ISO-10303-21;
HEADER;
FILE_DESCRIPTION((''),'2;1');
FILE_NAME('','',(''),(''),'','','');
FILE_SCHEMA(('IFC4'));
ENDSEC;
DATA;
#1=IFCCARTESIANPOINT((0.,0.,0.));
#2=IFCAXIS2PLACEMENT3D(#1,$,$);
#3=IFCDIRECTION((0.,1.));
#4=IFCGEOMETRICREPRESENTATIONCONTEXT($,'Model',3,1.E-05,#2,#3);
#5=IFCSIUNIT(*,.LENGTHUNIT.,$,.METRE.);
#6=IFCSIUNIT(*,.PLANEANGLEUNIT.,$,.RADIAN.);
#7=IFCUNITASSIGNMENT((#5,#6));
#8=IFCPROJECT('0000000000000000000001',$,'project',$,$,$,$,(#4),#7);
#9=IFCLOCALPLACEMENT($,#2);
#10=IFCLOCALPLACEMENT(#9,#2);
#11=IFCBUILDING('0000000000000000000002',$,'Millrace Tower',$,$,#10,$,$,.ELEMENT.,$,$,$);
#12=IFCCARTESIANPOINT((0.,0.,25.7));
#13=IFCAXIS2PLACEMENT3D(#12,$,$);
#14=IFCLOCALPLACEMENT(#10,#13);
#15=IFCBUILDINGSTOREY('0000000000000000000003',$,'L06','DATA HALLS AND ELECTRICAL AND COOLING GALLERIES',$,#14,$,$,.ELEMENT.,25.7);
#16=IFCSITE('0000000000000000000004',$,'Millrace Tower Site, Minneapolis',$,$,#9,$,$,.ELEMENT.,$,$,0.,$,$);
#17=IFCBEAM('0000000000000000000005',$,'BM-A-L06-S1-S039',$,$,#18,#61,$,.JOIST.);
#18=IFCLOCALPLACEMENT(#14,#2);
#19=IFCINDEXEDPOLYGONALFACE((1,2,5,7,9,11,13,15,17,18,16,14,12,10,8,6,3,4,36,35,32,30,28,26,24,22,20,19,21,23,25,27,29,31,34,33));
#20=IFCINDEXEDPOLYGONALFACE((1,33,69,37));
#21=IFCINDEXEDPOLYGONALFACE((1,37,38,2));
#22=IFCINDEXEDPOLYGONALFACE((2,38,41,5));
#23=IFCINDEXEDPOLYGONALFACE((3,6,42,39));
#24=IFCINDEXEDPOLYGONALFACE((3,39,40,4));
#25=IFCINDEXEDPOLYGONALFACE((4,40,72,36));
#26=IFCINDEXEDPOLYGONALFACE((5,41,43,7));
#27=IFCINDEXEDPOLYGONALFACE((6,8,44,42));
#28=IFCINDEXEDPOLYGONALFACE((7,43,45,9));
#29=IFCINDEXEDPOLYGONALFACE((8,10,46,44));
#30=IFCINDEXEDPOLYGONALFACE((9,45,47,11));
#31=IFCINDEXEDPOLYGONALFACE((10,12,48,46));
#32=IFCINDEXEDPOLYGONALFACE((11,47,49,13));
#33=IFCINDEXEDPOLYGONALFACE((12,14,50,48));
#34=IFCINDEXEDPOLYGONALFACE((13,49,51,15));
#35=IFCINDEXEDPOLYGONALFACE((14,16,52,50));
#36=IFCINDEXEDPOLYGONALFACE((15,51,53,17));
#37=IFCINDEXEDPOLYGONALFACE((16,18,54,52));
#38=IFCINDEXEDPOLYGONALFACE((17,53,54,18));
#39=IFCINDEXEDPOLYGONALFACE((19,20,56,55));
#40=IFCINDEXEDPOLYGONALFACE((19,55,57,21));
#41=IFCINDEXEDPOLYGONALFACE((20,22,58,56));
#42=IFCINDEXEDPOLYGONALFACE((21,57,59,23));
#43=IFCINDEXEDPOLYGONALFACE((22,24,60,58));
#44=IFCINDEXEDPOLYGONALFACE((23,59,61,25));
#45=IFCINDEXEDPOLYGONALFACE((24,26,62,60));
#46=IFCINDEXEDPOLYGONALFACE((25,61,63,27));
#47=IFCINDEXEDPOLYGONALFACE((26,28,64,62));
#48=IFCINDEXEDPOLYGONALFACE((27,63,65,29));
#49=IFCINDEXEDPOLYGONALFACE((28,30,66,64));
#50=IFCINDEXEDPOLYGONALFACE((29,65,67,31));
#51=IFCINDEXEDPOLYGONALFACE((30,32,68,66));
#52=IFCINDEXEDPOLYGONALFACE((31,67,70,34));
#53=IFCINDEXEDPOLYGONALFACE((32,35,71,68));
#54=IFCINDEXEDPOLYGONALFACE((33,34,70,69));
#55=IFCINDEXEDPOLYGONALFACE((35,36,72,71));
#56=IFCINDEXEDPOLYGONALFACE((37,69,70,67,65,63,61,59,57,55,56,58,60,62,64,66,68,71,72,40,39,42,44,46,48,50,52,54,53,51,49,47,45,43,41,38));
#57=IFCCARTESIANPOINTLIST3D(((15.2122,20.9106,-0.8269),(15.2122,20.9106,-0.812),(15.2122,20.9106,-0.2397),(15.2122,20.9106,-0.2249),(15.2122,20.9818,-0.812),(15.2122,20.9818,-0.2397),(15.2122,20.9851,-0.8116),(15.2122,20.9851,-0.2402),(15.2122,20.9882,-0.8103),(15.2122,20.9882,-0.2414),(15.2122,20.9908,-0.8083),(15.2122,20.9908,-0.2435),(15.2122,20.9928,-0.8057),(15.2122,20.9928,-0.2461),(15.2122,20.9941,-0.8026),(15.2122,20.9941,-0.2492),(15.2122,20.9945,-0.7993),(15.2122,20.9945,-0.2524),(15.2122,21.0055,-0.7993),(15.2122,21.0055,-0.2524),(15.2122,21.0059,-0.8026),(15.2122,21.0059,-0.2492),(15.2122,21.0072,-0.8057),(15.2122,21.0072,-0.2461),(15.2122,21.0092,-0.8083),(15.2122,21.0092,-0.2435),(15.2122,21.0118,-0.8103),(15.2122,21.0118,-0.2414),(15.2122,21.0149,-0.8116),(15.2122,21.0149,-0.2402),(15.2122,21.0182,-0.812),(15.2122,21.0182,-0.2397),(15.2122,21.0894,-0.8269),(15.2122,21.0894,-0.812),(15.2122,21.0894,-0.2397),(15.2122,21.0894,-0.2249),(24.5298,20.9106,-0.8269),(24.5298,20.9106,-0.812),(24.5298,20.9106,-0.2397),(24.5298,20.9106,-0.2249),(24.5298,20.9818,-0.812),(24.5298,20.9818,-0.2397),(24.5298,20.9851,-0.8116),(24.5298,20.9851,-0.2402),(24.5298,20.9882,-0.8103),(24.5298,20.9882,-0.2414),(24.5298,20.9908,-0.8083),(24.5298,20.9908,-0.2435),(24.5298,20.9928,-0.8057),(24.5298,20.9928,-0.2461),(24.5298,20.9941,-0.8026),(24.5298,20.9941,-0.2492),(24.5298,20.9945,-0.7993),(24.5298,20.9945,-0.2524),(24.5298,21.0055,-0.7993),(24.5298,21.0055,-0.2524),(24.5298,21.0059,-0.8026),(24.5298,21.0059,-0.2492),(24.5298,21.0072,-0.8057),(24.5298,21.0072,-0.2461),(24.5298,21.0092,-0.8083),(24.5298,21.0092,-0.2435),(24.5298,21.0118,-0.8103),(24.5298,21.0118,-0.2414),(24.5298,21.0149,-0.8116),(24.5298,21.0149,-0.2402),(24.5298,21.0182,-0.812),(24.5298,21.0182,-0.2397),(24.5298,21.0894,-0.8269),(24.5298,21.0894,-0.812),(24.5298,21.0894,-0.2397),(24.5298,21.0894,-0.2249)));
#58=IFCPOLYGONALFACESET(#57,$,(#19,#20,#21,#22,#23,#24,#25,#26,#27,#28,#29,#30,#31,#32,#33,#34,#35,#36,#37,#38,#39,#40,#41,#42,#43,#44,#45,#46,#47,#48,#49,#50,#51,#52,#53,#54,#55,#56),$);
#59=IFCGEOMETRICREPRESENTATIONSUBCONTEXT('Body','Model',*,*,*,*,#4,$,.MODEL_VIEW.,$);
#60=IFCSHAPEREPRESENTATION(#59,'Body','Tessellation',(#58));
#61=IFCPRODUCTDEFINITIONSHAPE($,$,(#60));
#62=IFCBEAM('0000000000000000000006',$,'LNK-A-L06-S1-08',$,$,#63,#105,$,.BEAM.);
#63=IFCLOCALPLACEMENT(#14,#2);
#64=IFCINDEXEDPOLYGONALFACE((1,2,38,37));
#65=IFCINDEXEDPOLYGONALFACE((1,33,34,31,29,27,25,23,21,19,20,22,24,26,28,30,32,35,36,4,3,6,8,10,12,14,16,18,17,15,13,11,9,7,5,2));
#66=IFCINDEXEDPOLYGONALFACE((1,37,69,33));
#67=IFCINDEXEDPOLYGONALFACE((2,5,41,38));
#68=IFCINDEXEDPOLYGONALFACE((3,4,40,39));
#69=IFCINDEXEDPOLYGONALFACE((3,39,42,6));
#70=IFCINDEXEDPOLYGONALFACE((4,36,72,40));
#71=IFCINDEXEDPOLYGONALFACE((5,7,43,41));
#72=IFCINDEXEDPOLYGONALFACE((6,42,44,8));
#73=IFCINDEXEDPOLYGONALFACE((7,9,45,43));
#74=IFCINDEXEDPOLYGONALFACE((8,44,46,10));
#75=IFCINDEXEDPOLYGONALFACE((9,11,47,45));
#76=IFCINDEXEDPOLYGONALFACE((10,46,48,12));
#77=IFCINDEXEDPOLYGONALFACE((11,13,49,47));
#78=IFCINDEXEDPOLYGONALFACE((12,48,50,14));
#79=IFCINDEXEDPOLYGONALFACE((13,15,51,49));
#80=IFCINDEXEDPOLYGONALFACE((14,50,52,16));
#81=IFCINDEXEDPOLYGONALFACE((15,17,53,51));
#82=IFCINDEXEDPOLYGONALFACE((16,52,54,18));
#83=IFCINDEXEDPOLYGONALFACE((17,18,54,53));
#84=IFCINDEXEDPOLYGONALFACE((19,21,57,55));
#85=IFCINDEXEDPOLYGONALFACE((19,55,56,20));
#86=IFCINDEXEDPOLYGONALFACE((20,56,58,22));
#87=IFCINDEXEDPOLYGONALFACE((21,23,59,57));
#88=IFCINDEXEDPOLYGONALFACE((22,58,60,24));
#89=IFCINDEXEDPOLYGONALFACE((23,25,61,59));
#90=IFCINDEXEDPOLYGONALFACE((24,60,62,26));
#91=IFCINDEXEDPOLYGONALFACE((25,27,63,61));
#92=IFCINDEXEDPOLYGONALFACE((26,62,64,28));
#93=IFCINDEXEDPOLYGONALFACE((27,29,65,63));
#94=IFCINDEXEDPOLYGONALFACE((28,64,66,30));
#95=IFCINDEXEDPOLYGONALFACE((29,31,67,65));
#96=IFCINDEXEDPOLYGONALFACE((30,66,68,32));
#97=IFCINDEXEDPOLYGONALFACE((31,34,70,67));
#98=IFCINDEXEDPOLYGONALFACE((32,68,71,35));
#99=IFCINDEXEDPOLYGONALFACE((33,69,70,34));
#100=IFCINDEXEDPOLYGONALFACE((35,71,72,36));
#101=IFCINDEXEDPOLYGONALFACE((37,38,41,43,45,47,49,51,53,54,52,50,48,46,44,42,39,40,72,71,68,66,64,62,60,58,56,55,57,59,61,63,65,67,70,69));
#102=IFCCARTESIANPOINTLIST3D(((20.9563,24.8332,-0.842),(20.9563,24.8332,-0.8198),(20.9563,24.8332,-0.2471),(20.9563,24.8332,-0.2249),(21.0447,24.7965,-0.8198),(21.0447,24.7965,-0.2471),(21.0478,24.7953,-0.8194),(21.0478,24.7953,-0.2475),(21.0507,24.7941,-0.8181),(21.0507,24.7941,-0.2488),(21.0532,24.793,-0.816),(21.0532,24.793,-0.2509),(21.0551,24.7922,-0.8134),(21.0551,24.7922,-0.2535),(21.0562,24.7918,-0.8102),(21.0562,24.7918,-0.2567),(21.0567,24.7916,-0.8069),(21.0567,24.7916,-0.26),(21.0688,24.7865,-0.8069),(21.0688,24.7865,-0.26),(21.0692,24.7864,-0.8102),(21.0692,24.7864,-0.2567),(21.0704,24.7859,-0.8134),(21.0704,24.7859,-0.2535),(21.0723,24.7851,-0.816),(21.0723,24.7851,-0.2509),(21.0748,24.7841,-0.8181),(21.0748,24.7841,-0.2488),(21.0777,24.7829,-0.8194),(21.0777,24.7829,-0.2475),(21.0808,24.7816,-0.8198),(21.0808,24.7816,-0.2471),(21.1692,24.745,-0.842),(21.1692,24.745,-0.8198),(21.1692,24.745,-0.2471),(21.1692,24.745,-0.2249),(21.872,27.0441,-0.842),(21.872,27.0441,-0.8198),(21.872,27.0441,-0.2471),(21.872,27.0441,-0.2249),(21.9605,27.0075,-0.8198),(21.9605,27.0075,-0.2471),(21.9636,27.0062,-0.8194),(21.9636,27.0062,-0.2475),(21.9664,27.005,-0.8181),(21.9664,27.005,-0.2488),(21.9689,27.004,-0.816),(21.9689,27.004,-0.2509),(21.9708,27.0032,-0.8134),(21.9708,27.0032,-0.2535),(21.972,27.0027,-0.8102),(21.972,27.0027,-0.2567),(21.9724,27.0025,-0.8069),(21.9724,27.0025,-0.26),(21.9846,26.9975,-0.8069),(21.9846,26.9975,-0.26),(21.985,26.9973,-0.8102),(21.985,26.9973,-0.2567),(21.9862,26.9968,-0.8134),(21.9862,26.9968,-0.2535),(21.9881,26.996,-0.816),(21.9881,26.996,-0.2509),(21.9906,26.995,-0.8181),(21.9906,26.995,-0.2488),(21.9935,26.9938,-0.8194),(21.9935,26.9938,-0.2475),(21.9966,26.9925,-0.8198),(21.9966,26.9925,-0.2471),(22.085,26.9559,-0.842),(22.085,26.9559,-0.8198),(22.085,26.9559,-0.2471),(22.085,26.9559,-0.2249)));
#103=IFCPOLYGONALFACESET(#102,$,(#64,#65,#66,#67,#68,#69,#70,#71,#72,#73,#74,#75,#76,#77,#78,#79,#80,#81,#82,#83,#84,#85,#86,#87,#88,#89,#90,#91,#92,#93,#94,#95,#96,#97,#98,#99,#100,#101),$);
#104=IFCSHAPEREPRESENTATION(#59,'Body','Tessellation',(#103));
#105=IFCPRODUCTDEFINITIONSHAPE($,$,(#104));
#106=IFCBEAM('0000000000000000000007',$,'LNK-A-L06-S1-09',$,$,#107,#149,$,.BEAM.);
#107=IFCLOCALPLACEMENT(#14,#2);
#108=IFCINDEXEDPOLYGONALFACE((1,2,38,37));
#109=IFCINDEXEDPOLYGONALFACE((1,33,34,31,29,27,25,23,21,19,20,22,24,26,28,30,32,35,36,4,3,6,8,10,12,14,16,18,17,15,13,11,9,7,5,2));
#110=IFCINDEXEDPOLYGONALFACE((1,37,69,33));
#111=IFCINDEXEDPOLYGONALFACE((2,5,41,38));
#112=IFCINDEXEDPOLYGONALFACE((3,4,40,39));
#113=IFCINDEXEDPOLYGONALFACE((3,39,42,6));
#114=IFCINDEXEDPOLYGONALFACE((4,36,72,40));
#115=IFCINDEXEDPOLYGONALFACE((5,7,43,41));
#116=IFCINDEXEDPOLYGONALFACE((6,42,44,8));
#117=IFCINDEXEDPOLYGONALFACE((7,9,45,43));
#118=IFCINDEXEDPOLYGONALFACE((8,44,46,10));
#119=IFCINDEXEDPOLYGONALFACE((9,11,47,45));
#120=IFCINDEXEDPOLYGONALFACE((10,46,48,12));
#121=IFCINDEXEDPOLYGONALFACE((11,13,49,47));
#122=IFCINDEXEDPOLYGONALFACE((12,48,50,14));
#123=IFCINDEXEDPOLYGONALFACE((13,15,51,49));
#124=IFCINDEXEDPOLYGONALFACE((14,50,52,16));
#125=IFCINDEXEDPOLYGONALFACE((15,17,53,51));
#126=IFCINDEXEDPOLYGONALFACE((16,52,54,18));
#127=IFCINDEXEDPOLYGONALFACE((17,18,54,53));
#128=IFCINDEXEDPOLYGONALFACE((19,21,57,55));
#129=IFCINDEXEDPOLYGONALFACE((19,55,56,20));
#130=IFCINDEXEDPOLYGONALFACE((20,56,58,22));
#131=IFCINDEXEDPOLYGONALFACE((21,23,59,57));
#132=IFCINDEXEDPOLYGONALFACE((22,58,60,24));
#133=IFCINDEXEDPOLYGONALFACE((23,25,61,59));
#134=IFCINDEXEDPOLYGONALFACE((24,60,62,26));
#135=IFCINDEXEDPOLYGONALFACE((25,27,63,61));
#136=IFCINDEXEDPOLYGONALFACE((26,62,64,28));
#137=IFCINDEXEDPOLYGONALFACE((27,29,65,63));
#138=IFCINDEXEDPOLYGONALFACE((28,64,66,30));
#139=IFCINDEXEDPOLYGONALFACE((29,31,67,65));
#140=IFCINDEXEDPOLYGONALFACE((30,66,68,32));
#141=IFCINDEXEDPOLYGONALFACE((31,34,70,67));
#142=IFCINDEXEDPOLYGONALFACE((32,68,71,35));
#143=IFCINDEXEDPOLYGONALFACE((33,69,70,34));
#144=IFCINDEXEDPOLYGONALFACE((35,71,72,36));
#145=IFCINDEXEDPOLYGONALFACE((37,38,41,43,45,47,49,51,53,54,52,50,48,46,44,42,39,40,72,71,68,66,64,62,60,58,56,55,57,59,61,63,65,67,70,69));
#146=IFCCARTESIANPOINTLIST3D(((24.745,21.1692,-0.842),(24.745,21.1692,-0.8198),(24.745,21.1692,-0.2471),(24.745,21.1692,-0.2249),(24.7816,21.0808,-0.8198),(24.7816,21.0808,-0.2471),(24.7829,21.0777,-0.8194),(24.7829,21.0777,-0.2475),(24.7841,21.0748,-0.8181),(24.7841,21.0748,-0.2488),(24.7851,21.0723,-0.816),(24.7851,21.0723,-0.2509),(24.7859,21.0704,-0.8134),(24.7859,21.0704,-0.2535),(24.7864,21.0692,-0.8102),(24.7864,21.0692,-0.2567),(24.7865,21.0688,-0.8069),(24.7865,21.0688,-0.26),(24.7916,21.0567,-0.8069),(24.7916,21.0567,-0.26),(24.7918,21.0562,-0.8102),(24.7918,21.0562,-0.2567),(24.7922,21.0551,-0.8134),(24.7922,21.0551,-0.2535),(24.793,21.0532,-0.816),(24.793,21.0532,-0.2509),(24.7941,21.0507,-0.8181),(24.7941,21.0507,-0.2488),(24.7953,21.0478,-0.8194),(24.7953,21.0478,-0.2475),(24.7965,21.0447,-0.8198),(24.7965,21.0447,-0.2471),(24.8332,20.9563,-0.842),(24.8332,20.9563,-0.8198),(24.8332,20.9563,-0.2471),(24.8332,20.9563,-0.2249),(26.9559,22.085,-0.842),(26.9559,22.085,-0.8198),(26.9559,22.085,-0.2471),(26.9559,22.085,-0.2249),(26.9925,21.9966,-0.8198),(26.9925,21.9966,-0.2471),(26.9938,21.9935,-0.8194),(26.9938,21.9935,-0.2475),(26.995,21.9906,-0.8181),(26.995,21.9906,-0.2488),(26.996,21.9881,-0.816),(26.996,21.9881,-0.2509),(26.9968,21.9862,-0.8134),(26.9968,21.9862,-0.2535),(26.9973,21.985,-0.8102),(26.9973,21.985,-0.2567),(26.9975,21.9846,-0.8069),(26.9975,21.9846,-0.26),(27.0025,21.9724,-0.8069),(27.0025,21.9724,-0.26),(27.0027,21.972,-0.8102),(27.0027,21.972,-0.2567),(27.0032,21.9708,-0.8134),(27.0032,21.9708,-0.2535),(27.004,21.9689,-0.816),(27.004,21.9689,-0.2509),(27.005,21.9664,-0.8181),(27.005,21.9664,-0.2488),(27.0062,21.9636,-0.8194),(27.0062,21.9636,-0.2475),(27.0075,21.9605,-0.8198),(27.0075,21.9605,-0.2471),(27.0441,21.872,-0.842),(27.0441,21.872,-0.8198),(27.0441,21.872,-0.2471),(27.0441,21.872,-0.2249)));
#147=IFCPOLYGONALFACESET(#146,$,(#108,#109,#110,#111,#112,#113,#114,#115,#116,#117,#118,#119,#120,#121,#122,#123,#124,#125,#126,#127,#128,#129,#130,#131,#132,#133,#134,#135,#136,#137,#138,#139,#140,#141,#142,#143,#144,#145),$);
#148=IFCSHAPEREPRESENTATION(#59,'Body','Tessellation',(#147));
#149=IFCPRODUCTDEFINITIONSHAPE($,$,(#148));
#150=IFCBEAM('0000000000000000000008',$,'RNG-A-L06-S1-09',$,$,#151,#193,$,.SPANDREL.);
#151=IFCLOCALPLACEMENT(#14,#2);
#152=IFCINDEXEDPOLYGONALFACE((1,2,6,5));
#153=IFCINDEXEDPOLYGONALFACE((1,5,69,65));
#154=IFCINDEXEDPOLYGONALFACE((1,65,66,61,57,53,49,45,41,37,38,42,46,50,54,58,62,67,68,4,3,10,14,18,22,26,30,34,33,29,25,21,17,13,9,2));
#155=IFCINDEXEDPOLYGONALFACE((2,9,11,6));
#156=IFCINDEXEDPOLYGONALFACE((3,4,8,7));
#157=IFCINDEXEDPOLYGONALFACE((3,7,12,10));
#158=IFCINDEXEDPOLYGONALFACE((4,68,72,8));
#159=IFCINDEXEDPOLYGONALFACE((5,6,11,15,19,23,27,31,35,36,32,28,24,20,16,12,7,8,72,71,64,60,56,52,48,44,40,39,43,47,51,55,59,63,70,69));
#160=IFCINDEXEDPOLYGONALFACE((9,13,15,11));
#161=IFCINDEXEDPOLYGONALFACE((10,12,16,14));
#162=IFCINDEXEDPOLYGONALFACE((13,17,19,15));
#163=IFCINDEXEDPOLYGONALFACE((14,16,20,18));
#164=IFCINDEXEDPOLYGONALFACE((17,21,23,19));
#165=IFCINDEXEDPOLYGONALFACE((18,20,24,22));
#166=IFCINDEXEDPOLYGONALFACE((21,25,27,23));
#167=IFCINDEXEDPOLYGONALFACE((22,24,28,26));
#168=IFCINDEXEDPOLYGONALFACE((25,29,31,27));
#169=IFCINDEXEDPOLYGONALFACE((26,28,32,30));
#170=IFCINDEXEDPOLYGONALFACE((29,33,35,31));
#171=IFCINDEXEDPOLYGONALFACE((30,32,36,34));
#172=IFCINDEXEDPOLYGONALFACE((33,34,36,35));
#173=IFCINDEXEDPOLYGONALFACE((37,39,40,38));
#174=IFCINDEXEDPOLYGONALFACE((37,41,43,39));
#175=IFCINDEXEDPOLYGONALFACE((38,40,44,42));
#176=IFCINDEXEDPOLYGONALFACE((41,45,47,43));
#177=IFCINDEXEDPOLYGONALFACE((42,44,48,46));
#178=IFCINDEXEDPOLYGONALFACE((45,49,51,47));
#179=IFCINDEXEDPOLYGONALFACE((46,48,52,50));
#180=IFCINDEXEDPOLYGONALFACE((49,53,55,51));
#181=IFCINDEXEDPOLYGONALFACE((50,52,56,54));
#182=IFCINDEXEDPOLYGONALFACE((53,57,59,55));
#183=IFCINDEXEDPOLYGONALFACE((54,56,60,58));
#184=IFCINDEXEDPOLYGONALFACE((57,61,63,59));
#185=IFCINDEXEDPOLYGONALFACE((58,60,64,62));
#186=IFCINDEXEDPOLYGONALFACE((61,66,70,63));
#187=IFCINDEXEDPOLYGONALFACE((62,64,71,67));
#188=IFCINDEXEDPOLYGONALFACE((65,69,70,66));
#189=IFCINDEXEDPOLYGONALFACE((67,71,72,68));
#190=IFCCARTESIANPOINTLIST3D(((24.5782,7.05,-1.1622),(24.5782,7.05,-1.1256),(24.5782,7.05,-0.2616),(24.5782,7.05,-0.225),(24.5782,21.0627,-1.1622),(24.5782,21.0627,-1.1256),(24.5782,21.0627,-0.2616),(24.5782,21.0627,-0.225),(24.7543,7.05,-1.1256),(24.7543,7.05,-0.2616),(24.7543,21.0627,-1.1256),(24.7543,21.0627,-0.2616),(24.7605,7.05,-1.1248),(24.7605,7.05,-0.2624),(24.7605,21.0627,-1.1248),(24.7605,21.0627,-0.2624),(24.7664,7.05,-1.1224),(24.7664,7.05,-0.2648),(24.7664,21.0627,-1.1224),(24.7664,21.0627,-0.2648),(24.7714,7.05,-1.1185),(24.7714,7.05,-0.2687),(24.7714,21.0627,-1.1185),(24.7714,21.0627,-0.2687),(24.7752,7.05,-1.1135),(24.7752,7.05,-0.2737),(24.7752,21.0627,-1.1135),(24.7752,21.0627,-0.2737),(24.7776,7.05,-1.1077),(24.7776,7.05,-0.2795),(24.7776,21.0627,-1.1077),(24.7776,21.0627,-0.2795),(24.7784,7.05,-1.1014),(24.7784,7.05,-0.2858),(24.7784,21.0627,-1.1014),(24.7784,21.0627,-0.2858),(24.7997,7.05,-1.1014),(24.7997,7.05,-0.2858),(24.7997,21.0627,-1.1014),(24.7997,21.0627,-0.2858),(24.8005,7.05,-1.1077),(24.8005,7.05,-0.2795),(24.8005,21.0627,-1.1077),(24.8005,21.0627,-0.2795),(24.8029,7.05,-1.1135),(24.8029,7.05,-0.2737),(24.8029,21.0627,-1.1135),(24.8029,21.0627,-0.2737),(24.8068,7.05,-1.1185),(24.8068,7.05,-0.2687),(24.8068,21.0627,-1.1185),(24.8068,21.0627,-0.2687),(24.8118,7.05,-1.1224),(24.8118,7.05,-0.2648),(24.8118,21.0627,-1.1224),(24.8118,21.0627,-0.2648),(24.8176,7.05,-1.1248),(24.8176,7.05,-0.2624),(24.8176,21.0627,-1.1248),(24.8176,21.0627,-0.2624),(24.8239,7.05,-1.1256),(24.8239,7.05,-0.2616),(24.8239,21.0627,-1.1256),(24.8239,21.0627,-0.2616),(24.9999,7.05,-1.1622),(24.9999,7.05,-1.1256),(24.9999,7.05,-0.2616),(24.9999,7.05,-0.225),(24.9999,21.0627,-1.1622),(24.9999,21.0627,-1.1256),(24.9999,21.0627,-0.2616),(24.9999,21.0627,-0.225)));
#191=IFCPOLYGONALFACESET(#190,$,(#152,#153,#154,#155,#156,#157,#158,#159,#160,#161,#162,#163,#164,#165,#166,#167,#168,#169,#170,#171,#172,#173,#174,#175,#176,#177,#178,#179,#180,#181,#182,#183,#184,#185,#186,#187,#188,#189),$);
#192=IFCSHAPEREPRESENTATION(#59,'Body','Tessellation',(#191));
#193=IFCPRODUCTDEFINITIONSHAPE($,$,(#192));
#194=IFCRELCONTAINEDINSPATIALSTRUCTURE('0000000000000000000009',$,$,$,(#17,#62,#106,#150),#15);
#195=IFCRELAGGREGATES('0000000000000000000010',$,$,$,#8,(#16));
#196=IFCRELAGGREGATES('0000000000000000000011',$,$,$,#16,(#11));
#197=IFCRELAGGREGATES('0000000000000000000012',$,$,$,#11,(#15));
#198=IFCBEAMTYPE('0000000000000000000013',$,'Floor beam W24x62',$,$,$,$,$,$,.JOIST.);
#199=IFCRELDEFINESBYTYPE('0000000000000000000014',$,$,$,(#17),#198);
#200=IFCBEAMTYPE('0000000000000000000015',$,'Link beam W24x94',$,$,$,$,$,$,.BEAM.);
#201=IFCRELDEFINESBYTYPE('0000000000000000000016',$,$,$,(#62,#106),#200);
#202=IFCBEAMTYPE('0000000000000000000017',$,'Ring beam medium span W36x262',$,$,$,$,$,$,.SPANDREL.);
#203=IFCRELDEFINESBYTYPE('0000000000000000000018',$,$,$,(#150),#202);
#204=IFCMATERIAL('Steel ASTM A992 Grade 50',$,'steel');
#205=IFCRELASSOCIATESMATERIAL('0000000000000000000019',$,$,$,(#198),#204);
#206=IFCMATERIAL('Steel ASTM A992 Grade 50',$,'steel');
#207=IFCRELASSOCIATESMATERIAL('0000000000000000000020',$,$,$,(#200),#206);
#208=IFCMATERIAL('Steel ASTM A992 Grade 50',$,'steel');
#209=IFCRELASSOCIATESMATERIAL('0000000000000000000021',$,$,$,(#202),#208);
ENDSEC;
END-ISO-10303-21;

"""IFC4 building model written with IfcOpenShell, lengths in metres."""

from ifc_helpers import new_model, si_unit, direction, frame, origin, origin_2d, place, context, subcontext, project, spatial, i_section, extrude, material, material_profile, profile_set, type_object, element, save


model = new_model("IFC4")

# Units and contexts
model_context = context("Model", 3, precision=1e-05, world=origin(), true_north=direction((0.0, 1.0)))
body_context = subcontext(model_context, "Body", "Model", "MODEL_VIEW")
ifc_project = project(units=[si_unit("LENGTHUNIT", "METRE"), si_unit("PLANEANGLEUNIT", "RADIAN")], contexts=[model_context])

# Site, building, storey
site_placement = place(None, origin())
site = spatial("IfcSite", under=ifc_project, at=site_placement, Name="Millrace Tower Site, Minneapolis", CompositionType="ELEMENT", RefElevation=0.0)
building_placement = place(site_placement, origin())
building = spatial("IfcBuilding", under=site, at=building_placement, Name="Millrace Tower", CompositionType="ELEMENT")
storey_placement = place(building_placement, frame((0.0, 0.0, 25.7)))
storey = spatial("IfcBuildingStorey", under=building, at=storey_placement, Name="L06", Description="DATA HALLS AND ELECTRICAL AND COOLING GALLERIES", CompositionType="ELEMENT", Elevation=25.7)

# Beams
ifc_material_1 = material(Name="Steel ASTM A992 Grade 50", Category="steel")
ifc_material_profile_1 = material_profile(ifc_material_1, i_section(OverallWidth=0.1787, OverallDepth=0.6021, WebThickness=0.011, FlangeThickness=0.0149, FilletRadius=0.0127, at=origin_2d()))
ifc_profile_set_1 = profile_set([ifc_material_profile_1], Name="Steel ASTM A992 Grade 50")
beam_type_1 = type_object("IfcBeamType", Name="Floor beam W24x62", PredefinedType="JOIST", material=ifc_profile_set_1)
beam_1_placement = place(storey_placement, frame((15.2122, 21.0, -0.5259), z_axis=(1.0, 0.0, 0.0), x_axis=(0.0, 1.0, 0.0)))
element("IfcBeam", 1, at=beam_1_placement, inside=storey, type_object=beam_type_1, Name="BM-A-L06-S1-S039", PredefinedType="JOIST", context=body_context, shape_type="SweptSolid", body=[
    extrude(i_section(OverallWidth=0.1787, OverallDepth=0.6021, WebThickness=0.011, FlangeThickness=0.0149, FilletRadius=0.0127, at=origin_2d()), origin(), (0.0, 0.0, 1.0), 9.3176),
])
ifc_material_2 = material(Name="Steel ASTM A992 Grade 50", Category="steel")
ifc_material_profile_2 = material_profile(ifc_material_2, i_section(OverallWidth=0.2305, OverallDepth=0.6172, WebThickness=0.0132, FlangeThickness=0.0222, FilletRadius=0.0129, at=origin_2d()))
ifc_profile_set_2 = profile_set([ifc_material_profile_2], Name="Steel ASTM A992 Grade 50")
beam_type_2 = type_object("IfcBeamType", Name="Link beam W24x94", PredefinedType="BEAM", material=ifc_profile_set_2)
for number, where, z_axis, x_axis, name in (
    (2, (21.0627, 24.7891, -0.5334), (0.382673, 0.923884, 0.0), (-0.923884, 0.382673, 0.0), "LNK-A-L06-S1-08"),
    (3, (24.7891, 21.0627, -0.5334), (0.923884, 0.382673, 0.0), (-0.382673, 0.923884, 0.0), "LNK-A-L06-S1-09"),
):
    element("IfcBeam", number, at=place(storey_placement, frame(where, z_axis=z_axis, x_axis=x_axis)), inside=storey, type_object=beam_type_2, Name=name, PredefinedType="BEAM", context=body_context, shape_type="SweptSolid", body=[
        extrude(i_section(OverallWidth=0.2305, OverallDepth=0.6172, WebThickness=0.0132, FlangeThickness=0.0222, FilletRadius=0.0129, at=origin_2d()), origin(), (0.0, 0.0, 1.0), 2.3931),
    ])
ifc_material_3 = material(Name="Steel ASTM A992 Grade 50", Category="steel")
ifc_material_profile_3 = material_profile(ifc_material_3, i_section(OverallWidth=0.4216, OverallDepth=0.9373, WebThickness=0.0212, FlangeThickness=0.0366, FilletRadius=0.0242, at=origin_2d()))
ifc_profile_set_3 = profile_set([ifc_material_profile_3], Name="Steel ASTM A992 Grade 50")
beam_type_3 = type_object("IfcBeamType", Name="Ring beam medium span W36x262", PredefinedType="SPANDREL", material=ifc_profile_set_3)
beam_2_placement = place(storey_placement, frame((24.7891, 21.0627, -0.6936), z_axis=(0.0, -1.0, 0.0), x_axis=(1.0, 0.0, 0.0)))
element("IfcBeam", 4, at=beam_2_placement, inside=storey, type_object=beam_type_3, Name="RNG-A-L06-S1-09", PredefinedType="SPANDREL", context=body_context, shape_type="SweptSolid", body=[
    extrude(i_section(OverallWidth=0.4216, OverallDepth=0.9373, WebThickness=0.0212, FlangeThickness=0.0366, FilletRadius=0.0242, at=origin_2d()), origin(), (0.0, 0.0, 1.0), 14.0127),
])

save(model, "model.ifc")
